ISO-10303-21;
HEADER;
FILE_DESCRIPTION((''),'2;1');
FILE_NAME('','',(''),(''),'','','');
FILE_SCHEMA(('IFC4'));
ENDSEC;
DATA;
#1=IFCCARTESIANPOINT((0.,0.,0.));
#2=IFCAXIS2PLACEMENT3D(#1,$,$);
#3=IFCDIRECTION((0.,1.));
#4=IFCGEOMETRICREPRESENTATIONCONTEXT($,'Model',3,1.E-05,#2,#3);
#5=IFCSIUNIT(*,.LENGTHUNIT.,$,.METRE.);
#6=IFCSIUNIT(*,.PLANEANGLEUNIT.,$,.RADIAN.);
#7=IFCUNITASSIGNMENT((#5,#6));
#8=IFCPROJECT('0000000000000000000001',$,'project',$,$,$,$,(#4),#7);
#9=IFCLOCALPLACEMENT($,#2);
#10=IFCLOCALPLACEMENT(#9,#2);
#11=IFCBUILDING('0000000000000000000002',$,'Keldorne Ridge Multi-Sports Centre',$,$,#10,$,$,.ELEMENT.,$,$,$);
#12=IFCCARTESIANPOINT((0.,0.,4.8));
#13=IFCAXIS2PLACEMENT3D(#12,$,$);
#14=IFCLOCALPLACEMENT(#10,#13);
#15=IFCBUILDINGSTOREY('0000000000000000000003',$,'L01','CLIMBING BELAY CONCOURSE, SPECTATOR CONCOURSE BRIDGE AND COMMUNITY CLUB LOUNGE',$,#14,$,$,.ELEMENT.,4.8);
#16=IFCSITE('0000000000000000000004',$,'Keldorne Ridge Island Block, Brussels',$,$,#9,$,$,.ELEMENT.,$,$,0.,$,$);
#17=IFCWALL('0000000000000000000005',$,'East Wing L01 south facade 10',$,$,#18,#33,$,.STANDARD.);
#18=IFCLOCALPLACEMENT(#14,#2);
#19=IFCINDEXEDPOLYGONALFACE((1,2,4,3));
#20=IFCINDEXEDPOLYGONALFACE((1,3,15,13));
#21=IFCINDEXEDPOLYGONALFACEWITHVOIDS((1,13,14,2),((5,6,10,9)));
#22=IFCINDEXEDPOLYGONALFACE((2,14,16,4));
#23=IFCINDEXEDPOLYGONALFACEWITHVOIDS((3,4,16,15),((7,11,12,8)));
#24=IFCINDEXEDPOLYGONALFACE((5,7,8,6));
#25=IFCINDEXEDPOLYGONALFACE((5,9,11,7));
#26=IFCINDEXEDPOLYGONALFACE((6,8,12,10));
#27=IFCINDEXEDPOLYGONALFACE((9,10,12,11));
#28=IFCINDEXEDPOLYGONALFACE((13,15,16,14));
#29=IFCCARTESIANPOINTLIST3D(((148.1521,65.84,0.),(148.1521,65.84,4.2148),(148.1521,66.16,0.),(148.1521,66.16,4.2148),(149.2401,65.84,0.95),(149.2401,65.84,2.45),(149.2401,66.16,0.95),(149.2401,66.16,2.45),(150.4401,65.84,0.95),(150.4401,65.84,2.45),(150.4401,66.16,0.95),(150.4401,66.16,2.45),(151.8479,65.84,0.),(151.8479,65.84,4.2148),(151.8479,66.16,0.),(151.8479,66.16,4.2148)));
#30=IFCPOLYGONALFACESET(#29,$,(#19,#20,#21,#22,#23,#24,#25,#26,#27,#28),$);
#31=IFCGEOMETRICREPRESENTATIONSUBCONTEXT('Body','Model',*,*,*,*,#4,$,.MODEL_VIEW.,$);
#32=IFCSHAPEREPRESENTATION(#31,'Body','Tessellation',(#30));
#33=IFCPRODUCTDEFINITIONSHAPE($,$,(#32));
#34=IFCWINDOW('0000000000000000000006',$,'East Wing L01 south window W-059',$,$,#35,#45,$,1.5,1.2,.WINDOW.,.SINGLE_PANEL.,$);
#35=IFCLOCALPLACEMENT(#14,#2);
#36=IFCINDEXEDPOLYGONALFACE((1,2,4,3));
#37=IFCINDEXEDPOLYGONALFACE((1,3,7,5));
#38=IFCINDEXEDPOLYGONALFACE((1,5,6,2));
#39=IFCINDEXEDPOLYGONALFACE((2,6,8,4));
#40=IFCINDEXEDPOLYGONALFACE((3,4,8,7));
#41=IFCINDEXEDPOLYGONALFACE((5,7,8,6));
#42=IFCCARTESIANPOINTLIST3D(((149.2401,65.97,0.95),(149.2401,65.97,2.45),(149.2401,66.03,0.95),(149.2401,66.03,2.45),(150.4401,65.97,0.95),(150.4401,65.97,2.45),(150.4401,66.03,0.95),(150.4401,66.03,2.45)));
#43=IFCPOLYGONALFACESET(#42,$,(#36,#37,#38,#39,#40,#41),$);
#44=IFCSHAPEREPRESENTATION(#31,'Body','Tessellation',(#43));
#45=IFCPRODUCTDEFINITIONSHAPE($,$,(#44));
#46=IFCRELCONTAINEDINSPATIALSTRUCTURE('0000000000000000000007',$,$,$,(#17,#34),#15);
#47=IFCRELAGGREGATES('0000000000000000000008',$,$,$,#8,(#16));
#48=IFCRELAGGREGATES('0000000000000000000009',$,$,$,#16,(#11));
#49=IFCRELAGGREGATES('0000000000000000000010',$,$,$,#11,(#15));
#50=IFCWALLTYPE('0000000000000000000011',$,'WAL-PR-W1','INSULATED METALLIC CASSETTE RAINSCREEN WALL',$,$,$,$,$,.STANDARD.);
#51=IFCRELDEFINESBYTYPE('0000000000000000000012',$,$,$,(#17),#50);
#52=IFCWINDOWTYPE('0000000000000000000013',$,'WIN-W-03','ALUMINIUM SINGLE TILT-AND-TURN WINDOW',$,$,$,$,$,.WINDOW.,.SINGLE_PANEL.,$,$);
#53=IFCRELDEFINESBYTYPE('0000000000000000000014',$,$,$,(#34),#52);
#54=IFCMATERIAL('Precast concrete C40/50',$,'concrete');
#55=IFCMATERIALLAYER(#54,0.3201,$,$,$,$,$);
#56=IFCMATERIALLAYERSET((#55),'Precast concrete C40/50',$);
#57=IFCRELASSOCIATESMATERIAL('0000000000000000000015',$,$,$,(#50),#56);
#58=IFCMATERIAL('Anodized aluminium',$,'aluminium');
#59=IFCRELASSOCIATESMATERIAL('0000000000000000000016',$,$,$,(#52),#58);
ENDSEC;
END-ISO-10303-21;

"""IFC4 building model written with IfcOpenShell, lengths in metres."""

from ifc_helpers import new_model, si_unit, direction, frame, frame_2d, origin, place, context, subcontext, project, spatial, rectangle, extrude, material, layer, layer_set, type_object, element, fill, save


model = new_model("IFC4")

# Units and contexts
model_context = context("Model", 3, precision=1e-05, world=origin(), true_north=direction((0.0, 1.0)))
body_context = subcontext(model_context, "Body", "Model", "MODEL_VIEW")
ifc_project = project(units=[si_unit("LENGTHUNIT", "METRE"), si_unit("PLANEANGLEUNIT", "RADIAN")], contexts=[model_context])

# Site, building, storey
site_placement = place(None, origin())
site = spatial("IfcSite", under=ifc_project, at=site_placement, Name="Keldorne Ridge Island Block, Brussels", CompositionType="ELEMENT", RefElevation=0.0)
building_placement = place(site_placement, origin())
building = spatial("IfcBuilding", under=site, at=building_placement, Name="Keldorne Ridge Multi-Sports Centre", CompositionType="ELEMENT")
storey_placement = place(building_placement, frame((0.0, 0.0, 4.8)))
storey = spatial("IfcBuildingStorey", under=building, at=storey_placement, Name="L01", Description="CLIMBING BELAY CONCOURSE, SPECTATOR CONCOURSE BRIDGE AND COMMUNITY CLUB LOUNGE", CompositionType="ELEMENT", Elevation=4.8)

# Shared definitions
ifc_material_1 = material(Name="Anodized aluminium", Category="aluminium")

# Wall, opening, window
ifc_material_2 = material(Name="Precast concrete C40/50", Category="concrete")
ifc_layer_1 = layer(ifc_material_2, 0.3201)
ifc_layer_set_1 = layer_set([ifc_layer_1], Name="Precast concrete C40/50")
wall_type = type_object("IfcWallType", Name="WAL-PR-W1", Description="INSULATED METALLIC CASSETTE RAINSCREEN WALL", PredefinedType="STANDARD", material=ifc_layer_set_1)
window_type = type_object("IfcWindowType", Name="WIN-W-03", Description="ALUMINIUM SINGLE TILT-AND-TURN WINDOW", PartitioningType="SINGLE_PANEL", PredefinedType="WINDOW", material=ifc_material_1)
wall_1_placement = place(storey_placement, frame((148.1521, 66.0, 0.0), z_axis=(0.0, 0.0, 1.0), x_axis=(1.0, 0.0, 0.0)))
wall_1 = element("IfcWall", 1, at=wall_1_placement, inside=storey, type_object=wall_type, Name="East Wing L01 south facade 10", PredefinedType="STANDARD", context=body_context, shape_type="SweptSolid", body=[
    extrude(rectangle(XDim=3.6958, YDim=0.3201, at=frame_2d((1.8479, 0.0))), origin(), (0.0, 0.0, 1.0), 4.2148),
])
opening_1_placement = place(wall_1_placement, frame((1.0879, 0.0, 0.95)))
opening_1 = element("IfcOpeningElement", 2, at=opening_1_placement, cuts=wall_1, PredefinedType="OPENING", context=body_context, shape_type="SweptSolid", body=[
    extrude(rectangle(XDim=1.2, YDim=1.5, at=frame_2d((0.6001, 0.75))), frame((0.0, 0.1699, 0.0), z_axis=(0.0, -1.0, 0.0), x_axis=(1.0, 0.0, 0.0)), (0.0, 0.0, 1.0), 0.3401),
])
window_1_placement = place(opening_1_placement, origin())
window_1 = element("IfcWindow", 3, at=window_1_placement, inside=storey, type_object=window_type, Name="East Wing L01 south window W-059", OverallHeight=1.5, OverallWidth=1.2, PartitioningType="SINGLE_PANEL", PredefinedType="WINDOW", context=body_context, shape_type="SweptSolid", body=[
    extrude(rectangle(XDim=1.2, YDim=1.5, at=frame_2d((0.6001, 0.75))), frame((0.0, 0.03, 0.0), z_axis=(0.0, -1.0, 0.0), x_axis=(1.0, 0.0, 0.0)), (0.0, 0.0, 1.0), 0.0601),
])
fill(opening_1, window_1)

save(model, "model.ifc")
